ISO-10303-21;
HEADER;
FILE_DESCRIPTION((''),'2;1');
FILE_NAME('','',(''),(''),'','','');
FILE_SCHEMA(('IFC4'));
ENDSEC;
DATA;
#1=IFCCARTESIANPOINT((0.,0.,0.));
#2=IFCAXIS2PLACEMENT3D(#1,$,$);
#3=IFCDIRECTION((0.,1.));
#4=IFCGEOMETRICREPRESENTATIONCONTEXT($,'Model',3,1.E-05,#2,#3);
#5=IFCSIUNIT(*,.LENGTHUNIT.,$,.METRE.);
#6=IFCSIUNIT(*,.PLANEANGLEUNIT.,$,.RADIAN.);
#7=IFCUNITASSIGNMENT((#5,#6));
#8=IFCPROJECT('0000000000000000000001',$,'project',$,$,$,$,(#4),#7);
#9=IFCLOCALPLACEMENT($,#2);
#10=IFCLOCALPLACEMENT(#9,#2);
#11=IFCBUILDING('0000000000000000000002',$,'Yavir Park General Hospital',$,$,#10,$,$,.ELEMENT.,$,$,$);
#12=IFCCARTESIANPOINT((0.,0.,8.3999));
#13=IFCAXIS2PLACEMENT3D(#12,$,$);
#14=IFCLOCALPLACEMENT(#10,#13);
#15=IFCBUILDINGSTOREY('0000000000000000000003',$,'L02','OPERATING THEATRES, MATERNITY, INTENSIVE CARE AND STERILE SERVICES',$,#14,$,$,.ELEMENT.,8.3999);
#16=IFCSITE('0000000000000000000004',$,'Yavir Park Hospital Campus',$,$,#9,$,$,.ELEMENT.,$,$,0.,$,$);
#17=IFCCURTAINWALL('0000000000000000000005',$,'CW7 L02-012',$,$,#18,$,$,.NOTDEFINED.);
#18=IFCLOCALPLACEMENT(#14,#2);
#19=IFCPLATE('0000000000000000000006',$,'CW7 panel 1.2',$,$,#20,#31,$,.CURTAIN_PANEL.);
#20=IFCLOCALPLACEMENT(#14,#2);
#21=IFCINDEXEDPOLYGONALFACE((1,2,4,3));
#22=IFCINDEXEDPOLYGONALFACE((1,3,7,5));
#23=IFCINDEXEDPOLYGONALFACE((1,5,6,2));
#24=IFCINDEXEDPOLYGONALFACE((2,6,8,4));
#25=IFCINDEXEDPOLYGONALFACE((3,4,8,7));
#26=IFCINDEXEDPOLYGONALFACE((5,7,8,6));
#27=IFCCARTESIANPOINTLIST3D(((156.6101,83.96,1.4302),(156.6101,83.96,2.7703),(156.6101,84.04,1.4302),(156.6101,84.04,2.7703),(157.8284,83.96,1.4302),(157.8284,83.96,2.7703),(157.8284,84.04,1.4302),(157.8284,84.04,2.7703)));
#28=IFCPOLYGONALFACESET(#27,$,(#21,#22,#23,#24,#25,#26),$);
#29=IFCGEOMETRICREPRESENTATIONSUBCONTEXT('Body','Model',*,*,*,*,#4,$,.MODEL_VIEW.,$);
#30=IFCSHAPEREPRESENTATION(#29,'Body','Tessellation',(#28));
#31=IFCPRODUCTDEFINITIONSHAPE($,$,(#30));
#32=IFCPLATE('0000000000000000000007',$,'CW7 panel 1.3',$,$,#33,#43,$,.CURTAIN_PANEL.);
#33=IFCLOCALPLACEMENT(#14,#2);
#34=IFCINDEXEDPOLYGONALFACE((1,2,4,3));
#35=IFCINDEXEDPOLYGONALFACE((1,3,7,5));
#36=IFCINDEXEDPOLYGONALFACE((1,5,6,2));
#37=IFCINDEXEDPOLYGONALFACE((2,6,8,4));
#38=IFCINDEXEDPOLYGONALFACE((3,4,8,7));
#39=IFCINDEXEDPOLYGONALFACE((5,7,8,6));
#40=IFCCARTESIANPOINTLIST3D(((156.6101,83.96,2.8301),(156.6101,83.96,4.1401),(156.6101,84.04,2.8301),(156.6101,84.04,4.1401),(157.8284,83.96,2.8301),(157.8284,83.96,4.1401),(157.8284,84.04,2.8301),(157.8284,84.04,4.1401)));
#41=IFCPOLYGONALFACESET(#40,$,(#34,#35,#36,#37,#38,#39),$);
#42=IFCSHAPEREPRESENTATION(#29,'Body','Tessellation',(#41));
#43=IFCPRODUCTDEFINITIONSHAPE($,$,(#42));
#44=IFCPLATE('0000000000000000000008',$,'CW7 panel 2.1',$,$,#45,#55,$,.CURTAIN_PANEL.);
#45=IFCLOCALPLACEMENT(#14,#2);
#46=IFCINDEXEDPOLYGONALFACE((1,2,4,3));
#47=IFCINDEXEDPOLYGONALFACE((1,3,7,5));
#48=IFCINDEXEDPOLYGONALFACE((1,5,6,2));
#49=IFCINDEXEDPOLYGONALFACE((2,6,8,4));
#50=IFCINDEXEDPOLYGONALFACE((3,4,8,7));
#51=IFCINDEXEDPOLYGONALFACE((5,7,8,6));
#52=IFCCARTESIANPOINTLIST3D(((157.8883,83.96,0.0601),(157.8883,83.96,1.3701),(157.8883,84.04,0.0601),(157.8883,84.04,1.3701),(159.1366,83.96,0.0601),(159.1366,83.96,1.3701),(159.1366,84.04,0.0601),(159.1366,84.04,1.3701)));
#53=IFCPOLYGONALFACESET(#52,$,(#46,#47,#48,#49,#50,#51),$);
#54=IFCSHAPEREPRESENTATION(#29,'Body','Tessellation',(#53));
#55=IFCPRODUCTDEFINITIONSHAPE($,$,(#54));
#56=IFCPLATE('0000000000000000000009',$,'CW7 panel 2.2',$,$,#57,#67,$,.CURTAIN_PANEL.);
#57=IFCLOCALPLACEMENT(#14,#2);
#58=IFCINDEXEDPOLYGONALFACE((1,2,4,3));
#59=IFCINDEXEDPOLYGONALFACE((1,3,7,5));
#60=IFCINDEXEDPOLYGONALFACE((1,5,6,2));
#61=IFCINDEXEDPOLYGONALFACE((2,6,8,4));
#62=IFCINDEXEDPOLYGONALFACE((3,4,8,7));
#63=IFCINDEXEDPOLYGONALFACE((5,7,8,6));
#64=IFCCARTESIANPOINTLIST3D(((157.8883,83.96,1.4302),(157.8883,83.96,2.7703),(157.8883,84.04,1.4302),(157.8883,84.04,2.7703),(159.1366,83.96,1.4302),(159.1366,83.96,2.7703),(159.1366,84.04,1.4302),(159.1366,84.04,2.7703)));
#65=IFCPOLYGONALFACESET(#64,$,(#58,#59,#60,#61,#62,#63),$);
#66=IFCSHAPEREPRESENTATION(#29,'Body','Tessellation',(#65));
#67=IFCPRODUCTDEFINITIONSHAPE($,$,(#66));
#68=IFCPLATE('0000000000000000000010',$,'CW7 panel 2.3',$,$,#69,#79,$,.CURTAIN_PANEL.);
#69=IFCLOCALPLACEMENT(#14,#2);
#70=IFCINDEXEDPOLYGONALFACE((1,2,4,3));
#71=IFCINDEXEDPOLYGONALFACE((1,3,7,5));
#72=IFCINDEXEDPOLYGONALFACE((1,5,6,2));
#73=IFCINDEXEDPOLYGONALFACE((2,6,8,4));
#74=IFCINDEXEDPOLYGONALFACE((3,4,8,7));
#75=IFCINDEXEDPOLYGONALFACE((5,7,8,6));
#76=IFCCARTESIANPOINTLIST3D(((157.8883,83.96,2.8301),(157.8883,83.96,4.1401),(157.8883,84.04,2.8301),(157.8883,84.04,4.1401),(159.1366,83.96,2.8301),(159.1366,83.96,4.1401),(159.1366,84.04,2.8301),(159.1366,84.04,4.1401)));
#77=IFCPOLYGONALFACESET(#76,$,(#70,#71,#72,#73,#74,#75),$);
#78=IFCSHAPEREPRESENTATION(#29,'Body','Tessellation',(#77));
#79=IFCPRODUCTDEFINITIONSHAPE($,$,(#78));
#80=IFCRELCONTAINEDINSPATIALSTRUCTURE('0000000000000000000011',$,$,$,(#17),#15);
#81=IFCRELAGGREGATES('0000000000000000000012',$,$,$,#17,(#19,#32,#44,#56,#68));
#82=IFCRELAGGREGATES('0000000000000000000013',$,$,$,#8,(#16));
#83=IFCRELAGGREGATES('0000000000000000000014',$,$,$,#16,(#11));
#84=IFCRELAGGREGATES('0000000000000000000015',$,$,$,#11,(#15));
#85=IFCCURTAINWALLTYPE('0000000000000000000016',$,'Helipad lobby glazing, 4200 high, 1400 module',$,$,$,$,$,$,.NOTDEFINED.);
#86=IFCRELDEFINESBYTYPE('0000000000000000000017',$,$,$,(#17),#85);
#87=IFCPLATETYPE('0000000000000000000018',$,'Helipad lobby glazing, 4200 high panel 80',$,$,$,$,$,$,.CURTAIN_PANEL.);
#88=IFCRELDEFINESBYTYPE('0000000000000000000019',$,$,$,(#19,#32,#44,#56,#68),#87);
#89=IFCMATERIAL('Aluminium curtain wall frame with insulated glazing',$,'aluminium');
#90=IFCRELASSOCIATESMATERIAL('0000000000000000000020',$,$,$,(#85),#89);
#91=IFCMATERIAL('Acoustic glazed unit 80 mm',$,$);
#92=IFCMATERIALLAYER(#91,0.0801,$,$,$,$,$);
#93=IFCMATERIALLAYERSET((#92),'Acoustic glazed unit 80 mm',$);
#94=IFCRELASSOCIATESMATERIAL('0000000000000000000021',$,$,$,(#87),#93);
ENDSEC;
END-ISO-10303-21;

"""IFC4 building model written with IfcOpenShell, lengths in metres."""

from ifc_helpers import new_model, si_unit, direction, frame, origin, origin_2d, place, context, subcontext, project, spatial, rectangle, extrude, material, layer, layer_set, type_object, element, aggregate, save


model = new_model("IFC4")

# Units and contexts
model_context = context("Model", 3, precision=1e-05, world=origin(), true_north=direction((0.0, 1.0)))
body_context = subcontext(model_context, "Body", "Model", "MODEL_VIEW")
ifc_project = project(units=[si_unit("LENGTHUNIT", "METRE"), si_unit("PLANEANGLEUNIT", "RADIAN")], contexts=[model_context])

# Site, building, storey
site_placement = place(None, origin())
site = spatial("IfcSite", under=ifc_project, at=site_placement, Name="Yavir Park Hospital Campus", CompositionType="ELEMENT", RefElevation=0.0)
building_placement = place(site_placement, origin())
building = spatial("IfcBuilding", under=site, at=building_placement, Name="Yavir Park General Hospital", CompositionType="ELEMENT")
storey_placement = place(building_placement, frame((0.0, 0.0, 8.3999)))
storey = spatial("IfcBuildingStorey", under=building, at=storey_placement, Name="L02", Description="OPERATING THEATRES, MATERNITY, INTENSIVE CARE AND STERILE SERVICES", CompositionType="ELEMENT", Elevation=8.3999)

# Shared definitions
ifc_material_1 = material(Name="Aluminium curtain wall frame with insulated glazing", Category="aluminium")
curtain_wall_type = type_object("IfcCurtainWallType", Name="Helipad lobby glazing, 4200 high, 1400 module", PredefinedType="NOTDEFINED", material=ifc_material_1)

# Curtain wall
curtain_wall_1_placement = place(storey_placement, origin())
curtain_wall_1 = element("IfcCurtainWall", 1, at=curtain_wall_1_placement, inside=storey, type_object=curtain_wall_type, Name="CW7 L02-012", PredefinedType="NOTDEFINED")

# Plates
ifc_material_2 = material(Name="Acoustic glazed unit 80 mm")
ifc_layer_1 = layer(ifc_material_2, 0.0801)
ifc_layer_set_1 = layer_set([ifc_layer_1], Name="Acoustic glazed unit 80 mm")
plate_type = type_object("IfcPlateType", Name="Helipad lobby glazing, 4200 high panel 80", PredefinedType="CURTAIN_PANEL", material=ifc_layer_set_1)
plate_1_placement = place(storey_placement, frame((157.2192, 84.0, 1.4302), z_axis=(0.0, 0.0, 1.0), x_axis=(1.0, 0.0, 0.0)))
plate_1 = element("IfcPlate", 2, at=plate_1_placement, type_object=plate_type, Name="CW7 panel 1.2", PredefinedType="CURTAIN_PANEL", context=body_context, shape_type="SweptSolid", body=[
    extrude(rectangle(XDim=1.2183, YDim=0.0801, at=origin_2d()), origin(), (0.0, 0.0, 1.0), 1.3401),
])
plate_2_placement = place(storey_placement, frame((157.2192, 84.0, 2.8301), z_axis=(0.0, 0.0, 1.0), x_axis=(1.0, 0.0, 0.0)))
plate_2 = element("IfcPlate", 3, at=plate_2_placement, type_object=plate_type, Name="CW7 panel 1.3", PredefinedType="CURTAIN_PANEL", context=body_context, shape_type="SweptSolid", body=[
    extrude(rectangle(XDim=1.2183, YDim=0.0801, at=origin_2d()), origin(), (0.0, 0.0, 1.0), 1.3101),
])
plate_3_placement = place(storey_placement, frame((158.5125, 84.0, 0.0601), z_axis=(0.0, 0.0, 1.0), x_axis=(1.0, 0.0, 0.0)))
plate_3 = element("IfcPlate", 4, at=plate_3_placement, type_object=plate_type, Name="CW7 panel 2.1", PredefinedType="CURTAIN_PANEL", context=body_context, shape_type="SweptSolid", body=[
    extrude(rectangle(XDim=1.2483, YDim=0.0801, at=origin_2d()), origin(), (0.0, 0.0, 1.0), 1.3101),
])
plate_4_placement = place(storey_placement, frame((158.5125, 84.0, 1.4302), z_axis=(0.0, 0.0, 1.0), x_axis=(1.0, 0.0, 0.0)))
plate_4 = element("IfcPlate", 5, at=plate_4_placement, type_object=plate_type, Name="CW7 panel 2.2", PredefinedType="CURTAIN_PANEL", context=body_context, shape_type="SweptSolid", body=[
    extrude(rectangle(XDim=1.2483, YDim=0.0801, at=origin_2d()), origin(), (0.0, 0.0, 1.0), 1.3401),
])
plate_5_placement = place(storey_placement, frame((158.5125, 84.0, 2.8301), z_axis=(0.0, 0.0, 1.0), x_axis=(1.0, 0.0, 0.0)))
plate_5 = element("IfcPlate", 6, at=plate_5_placement, type_object=plate_type, Name="CW7 panel 2.3", PredefinedType="CURTAIN_PANEL", context=body_context, shape_type="SweptSolid", body=[
    extrude(rectangle(XDim=1.2483, YDim=0.0801, at=origin_2d()), origin(), (0.0, 0.0, 1.0), 1.3101),
])
aggregate(curtain_wall_1, [plate_1, plate_2, plate_3, plate_4, plate_5])

save(model, "model.ifc")
